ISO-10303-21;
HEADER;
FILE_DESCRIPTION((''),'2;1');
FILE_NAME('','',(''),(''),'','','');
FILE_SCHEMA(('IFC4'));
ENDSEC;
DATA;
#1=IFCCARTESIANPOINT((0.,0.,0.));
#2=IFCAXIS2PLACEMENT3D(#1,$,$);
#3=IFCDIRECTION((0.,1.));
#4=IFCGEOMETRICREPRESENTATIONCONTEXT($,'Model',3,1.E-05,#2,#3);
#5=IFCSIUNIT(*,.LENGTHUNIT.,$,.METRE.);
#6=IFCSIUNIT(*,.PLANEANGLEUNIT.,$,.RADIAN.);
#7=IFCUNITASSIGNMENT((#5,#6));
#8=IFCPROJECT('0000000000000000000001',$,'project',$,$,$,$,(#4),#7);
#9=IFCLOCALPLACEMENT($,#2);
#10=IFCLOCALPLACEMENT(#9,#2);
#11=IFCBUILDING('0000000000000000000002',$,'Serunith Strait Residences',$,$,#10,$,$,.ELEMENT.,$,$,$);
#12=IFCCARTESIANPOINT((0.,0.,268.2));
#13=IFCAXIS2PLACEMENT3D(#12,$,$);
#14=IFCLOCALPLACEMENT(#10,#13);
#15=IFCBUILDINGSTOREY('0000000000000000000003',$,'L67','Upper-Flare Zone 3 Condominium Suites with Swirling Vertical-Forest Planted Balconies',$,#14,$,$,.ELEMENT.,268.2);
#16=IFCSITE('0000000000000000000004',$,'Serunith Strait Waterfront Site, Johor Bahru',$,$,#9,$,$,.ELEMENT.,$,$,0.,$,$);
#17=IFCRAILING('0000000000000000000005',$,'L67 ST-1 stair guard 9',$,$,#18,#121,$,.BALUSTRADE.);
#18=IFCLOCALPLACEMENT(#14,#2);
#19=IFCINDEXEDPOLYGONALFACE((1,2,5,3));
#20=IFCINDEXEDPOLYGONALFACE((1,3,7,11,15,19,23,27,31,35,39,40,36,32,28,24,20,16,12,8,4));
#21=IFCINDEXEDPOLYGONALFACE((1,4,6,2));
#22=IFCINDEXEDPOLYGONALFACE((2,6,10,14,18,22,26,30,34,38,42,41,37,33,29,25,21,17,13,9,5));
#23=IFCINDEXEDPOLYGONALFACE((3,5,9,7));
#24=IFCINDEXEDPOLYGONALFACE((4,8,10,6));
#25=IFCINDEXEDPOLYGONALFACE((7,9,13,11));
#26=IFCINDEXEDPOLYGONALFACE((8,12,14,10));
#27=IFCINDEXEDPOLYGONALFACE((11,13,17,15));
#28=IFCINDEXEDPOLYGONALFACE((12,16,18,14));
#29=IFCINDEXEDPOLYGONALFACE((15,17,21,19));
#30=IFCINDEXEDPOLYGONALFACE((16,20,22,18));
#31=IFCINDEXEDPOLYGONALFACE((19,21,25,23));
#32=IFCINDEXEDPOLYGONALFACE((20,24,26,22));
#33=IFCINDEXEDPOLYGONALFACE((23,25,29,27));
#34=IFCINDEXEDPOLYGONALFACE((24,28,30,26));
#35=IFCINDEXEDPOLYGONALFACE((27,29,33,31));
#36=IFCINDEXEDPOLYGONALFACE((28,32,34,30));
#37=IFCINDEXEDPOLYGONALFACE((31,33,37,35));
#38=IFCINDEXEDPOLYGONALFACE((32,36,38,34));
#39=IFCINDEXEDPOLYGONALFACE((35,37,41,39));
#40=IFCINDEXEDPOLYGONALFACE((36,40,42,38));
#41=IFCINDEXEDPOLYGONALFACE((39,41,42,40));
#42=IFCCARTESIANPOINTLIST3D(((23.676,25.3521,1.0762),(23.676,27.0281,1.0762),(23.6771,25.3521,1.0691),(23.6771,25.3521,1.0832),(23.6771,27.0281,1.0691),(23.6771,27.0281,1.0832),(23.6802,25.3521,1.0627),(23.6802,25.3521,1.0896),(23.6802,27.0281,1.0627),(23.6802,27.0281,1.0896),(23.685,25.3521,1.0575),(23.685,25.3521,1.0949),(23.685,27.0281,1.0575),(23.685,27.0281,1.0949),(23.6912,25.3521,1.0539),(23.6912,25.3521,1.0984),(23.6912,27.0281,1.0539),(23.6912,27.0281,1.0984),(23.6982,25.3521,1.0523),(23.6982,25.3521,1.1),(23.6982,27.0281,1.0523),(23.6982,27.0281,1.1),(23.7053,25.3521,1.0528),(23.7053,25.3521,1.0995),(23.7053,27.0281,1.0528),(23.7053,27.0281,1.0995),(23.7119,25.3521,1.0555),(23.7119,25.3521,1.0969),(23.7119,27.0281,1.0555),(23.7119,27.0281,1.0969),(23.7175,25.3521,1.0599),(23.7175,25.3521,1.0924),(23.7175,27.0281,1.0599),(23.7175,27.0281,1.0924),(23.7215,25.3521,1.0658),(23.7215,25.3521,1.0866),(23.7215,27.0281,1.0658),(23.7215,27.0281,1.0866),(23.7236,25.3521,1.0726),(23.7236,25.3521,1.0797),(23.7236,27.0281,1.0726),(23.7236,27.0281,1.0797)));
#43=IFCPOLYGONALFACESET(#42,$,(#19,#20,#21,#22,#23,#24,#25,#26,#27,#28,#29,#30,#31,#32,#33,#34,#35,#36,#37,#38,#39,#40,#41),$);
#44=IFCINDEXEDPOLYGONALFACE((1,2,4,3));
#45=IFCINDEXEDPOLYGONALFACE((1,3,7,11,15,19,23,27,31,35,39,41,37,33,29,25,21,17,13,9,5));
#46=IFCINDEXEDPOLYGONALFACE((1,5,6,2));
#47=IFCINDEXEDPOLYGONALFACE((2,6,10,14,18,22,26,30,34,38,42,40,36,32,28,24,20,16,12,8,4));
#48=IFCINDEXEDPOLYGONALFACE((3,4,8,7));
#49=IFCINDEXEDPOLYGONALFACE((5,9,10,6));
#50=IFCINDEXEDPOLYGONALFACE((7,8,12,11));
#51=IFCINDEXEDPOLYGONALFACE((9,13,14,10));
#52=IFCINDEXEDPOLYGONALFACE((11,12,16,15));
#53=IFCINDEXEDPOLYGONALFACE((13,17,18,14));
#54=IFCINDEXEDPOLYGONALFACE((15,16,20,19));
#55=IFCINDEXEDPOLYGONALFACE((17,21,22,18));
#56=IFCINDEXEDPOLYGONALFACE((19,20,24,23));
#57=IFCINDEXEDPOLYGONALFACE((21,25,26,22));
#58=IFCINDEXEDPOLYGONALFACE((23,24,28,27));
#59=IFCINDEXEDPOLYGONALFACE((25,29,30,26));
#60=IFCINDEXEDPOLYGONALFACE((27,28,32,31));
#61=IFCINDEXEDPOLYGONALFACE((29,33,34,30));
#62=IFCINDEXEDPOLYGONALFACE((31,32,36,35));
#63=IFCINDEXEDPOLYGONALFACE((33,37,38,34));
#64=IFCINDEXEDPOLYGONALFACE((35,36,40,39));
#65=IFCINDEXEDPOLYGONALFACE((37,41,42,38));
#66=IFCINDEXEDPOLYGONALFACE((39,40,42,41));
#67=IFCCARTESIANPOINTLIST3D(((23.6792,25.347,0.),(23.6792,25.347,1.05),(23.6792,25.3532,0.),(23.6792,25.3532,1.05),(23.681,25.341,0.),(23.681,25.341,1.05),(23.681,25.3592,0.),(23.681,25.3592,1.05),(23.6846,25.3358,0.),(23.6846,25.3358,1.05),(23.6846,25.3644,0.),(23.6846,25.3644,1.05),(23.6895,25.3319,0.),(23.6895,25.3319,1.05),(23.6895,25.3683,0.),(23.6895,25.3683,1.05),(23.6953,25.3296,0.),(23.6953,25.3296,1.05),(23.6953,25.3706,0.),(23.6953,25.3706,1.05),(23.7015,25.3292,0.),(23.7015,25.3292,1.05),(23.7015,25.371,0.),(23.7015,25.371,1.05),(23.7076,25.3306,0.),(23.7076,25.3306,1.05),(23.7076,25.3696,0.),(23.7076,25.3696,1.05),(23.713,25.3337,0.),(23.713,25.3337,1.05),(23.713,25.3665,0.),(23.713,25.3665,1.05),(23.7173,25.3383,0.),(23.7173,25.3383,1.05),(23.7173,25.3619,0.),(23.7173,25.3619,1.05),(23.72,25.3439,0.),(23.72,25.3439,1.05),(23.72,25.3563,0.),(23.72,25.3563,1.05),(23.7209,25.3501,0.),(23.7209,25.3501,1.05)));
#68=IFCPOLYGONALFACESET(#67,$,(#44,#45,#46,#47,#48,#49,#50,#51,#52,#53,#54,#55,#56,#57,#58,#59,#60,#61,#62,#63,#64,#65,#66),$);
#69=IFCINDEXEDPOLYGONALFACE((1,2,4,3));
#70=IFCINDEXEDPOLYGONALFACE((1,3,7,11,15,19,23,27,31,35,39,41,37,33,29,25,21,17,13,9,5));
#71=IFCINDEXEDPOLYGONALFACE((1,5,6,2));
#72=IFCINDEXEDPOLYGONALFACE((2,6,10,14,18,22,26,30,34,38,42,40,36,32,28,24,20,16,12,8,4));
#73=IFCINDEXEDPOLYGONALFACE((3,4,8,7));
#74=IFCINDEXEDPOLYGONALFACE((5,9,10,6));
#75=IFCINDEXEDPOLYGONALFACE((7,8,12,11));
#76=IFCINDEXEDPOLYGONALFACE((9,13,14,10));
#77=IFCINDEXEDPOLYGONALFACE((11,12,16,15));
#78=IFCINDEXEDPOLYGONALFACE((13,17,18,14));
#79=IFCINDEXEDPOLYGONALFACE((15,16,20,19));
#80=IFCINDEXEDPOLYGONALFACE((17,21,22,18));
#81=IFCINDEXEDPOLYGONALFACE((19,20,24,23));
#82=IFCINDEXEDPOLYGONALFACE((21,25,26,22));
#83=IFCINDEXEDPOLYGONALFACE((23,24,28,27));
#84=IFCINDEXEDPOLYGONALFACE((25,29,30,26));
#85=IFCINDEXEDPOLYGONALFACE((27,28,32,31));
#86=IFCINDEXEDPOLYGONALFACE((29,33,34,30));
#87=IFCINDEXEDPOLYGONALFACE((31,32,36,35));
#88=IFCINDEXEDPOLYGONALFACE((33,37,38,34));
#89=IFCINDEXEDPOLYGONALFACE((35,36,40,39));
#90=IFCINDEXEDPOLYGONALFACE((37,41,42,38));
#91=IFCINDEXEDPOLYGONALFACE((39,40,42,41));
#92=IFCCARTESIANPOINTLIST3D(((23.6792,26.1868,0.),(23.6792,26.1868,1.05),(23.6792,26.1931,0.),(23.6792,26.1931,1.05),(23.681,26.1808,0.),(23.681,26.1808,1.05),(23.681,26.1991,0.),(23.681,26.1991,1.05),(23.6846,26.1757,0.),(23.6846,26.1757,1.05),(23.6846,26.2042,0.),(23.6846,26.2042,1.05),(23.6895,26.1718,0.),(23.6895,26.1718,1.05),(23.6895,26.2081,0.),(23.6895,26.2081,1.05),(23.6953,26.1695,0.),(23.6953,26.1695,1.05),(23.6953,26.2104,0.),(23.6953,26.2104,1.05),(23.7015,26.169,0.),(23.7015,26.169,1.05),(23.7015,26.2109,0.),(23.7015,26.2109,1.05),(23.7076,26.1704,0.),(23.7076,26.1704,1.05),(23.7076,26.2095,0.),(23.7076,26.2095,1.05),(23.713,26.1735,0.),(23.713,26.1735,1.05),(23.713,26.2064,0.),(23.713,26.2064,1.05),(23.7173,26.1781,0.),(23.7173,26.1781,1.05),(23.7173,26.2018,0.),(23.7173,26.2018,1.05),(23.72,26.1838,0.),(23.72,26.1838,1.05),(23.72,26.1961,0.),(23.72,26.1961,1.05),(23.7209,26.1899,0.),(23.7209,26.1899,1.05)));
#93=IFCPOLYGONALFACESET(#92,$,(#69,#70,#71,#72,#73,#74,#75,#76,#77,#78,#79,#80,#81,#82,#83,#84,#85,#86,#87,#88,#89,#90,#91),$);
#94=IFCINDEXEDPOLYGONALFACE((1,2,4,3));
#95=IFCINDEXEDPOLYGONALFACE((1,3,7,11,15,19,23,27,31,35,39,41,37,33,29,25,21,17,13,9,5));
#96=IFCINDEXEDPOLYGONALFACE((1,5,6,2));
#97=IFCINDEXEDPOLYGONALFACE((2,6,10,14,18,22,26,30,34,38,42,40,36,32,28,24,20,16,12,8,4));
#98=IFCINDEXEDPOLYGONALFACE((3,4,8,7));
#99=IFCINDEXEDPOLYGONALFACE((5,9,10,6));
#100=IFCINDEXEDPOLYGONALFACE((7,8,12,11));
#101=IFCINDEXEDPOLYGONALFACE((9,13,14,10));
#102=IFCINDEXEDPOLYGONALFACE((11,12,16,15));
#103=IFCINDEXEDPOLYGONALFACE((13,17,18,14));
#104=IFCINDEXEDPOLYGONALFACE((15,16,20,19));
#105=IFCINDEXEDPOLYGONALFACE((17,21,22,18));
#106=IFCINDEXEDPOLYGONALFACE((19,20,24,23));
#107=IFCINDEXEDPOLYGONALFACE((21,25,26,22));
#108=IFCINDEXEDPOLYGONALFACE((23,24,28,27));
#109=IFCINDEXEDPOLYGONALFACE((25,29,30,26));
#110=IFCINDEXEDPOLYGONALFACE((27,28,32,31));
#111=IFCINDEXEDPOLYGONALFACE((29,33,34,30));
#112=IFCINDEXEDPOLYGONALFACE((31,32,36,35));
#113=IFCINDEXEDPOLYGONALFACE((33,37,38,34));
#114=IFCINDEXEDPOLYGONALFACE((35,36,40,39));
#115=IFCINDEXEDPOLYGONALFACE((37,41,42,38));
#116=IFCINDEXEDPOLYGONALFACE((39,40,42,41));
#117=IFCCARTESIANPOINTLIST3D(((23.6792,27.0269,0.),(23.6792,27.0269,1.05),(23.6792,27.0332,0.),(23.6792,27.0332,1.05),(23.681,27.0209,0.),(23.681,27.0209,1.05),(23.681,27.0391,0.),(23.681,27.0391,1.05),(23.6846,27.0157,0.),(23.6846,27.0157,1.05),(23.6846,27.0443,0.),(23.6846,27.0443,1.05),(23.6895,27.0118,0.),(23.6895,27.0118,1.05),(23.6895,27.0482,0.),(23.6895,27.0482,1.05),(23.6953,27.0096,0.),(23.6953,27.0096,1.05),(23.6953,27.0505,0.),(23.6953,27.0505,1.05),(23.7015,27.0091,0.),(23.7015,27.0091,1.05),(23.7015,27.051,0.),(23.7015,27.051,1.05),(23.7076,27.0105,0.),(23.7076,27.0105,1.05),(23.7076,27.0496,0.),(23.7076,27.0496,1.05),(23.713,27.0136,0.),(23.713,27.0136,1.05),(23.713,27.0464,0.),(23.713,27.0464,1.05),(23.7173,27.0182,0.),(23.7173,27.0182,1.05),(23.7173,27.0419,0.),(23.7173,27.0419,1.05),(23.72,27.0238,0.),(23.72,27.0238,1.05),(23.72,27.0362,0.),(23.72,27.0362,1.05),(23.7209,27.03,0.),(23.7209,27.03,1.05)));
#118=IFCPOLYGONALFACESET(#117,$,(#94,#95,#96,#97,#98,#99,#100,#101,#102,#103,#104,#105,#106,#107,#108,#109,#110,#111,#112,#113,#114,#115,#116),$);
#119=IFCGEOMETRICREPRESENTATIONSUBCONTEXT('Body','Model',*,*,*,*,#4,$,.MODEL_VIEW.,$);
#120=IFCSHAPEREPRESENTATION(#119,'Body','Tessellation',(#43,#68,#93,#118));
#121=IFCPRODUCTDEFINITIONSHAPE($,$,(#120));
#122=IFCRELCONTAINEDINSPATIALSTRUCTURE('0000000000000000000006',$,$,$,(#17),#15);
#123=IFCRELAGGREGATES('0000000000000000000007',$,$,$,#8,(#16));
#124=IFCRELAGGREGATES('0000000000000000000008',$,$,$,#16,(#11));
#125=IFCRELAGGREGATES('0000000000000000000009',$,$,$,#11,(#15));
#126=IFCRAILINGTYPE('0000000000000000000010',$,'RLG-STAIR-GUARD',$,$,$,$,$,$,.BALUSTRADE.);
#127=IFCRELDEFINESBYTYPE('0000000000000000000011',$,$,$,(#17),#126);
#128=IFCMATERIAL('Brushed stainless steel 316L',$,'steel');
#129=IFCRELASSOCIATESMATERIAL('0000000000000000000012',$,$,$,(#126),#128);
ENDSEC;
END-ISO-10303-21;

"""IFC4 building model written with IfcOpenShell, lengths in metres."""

from ifc_helpers import new_model, si_unit, direction, frame, origin, origin_2d, place, context, subcontext, project, spatial, circle, extrude, material, type_object, element, save


model = new_model("IFC4")

# Units and contexts
model_context = context("Model", 3, precision=1e-05, world=origin(), true_north=direction((0.0, 1.0)))
body_context = subcontext(model_context, "Body", "Model", "MODEL_VIEW")
ifc_project = project(units=[si_unit("LENGTHUNIT", "METRE"), si_unit("PLANEANGLEUNIT", "RADIAN")], contexts=[model_context])

# Site, building, storey
site_placement = place(None, origin())
site = spatial("IfcSite", under=ifc_project, at=site_placement, Name="Serunith Strait Waterfront Site, Johor Bahru", CompositionType="ELEMENT", RefElevation=0.0)
building_placement = place(site_placement, origin())
building = spatial("IfcBuilding", under=site, at=building_placement, Name="Serunith Strait Residences", CompositionType="ELEMENT")
storey_placement = place(building_placement, frame((0.0, 0.0, 268.2)))
storey = spatial("IfcBuildingStorey", under=building, at=storey_placement, Name="L67", Description="Upper-Flare Zone 3 Condominium Suites with Swirling Vertical-Forest Planted Balconies", CompositionType="ELEMENT", Elevation=268.2)

# Railing
ifc_material_1 = material(Name="Brushed stainless steel 316L", Category="steel")
railing_type_1 = type_object("IfcRailingType", Name="RLG-STAIR-GUARD", PredefinedType="BALUSTRADE", material=ifc_material_1)
for number, where, name in (
    (1, (23.7, 25.3501, 0.0), "L67 ST-1 stair guard 9"),
):
    element("IfcRailing", number, at=place(storey_placement, frame(where)), inside=storey, type_object=railing_type_1, Name=name, PredefinedType="BALUSTRADE", context=body_context, shape_type="SweptSolid", body=[
        extrude(circle(Radius=0.0239, at=origin_2d()), frame((0.0, 0.002, 1.0762), z_axis=(0.0, 1.0, 0.0), x_axis=(-1.0, 0.0, 0.0)), (0.0, 0.0, 1.0), 1.676),
        extrude(circle(Radius=0.021, at=origin_2d()), origin(), (0.0, 0.0, 1.0), 1.05),
        extrude(circle(Radius=0.021, at=origin_2d()), frame((0.0, 0.8398, 0.0)), (0.0, 0.0, 1.0), 1.05),
        extrude(circle(Radius=0.021, at=origin_2d()), frame((0.0, 1.6799, 0.0)), (0.0, 0.0, 1.0), 1.05),
    ])

save(model, "model.ifc")
